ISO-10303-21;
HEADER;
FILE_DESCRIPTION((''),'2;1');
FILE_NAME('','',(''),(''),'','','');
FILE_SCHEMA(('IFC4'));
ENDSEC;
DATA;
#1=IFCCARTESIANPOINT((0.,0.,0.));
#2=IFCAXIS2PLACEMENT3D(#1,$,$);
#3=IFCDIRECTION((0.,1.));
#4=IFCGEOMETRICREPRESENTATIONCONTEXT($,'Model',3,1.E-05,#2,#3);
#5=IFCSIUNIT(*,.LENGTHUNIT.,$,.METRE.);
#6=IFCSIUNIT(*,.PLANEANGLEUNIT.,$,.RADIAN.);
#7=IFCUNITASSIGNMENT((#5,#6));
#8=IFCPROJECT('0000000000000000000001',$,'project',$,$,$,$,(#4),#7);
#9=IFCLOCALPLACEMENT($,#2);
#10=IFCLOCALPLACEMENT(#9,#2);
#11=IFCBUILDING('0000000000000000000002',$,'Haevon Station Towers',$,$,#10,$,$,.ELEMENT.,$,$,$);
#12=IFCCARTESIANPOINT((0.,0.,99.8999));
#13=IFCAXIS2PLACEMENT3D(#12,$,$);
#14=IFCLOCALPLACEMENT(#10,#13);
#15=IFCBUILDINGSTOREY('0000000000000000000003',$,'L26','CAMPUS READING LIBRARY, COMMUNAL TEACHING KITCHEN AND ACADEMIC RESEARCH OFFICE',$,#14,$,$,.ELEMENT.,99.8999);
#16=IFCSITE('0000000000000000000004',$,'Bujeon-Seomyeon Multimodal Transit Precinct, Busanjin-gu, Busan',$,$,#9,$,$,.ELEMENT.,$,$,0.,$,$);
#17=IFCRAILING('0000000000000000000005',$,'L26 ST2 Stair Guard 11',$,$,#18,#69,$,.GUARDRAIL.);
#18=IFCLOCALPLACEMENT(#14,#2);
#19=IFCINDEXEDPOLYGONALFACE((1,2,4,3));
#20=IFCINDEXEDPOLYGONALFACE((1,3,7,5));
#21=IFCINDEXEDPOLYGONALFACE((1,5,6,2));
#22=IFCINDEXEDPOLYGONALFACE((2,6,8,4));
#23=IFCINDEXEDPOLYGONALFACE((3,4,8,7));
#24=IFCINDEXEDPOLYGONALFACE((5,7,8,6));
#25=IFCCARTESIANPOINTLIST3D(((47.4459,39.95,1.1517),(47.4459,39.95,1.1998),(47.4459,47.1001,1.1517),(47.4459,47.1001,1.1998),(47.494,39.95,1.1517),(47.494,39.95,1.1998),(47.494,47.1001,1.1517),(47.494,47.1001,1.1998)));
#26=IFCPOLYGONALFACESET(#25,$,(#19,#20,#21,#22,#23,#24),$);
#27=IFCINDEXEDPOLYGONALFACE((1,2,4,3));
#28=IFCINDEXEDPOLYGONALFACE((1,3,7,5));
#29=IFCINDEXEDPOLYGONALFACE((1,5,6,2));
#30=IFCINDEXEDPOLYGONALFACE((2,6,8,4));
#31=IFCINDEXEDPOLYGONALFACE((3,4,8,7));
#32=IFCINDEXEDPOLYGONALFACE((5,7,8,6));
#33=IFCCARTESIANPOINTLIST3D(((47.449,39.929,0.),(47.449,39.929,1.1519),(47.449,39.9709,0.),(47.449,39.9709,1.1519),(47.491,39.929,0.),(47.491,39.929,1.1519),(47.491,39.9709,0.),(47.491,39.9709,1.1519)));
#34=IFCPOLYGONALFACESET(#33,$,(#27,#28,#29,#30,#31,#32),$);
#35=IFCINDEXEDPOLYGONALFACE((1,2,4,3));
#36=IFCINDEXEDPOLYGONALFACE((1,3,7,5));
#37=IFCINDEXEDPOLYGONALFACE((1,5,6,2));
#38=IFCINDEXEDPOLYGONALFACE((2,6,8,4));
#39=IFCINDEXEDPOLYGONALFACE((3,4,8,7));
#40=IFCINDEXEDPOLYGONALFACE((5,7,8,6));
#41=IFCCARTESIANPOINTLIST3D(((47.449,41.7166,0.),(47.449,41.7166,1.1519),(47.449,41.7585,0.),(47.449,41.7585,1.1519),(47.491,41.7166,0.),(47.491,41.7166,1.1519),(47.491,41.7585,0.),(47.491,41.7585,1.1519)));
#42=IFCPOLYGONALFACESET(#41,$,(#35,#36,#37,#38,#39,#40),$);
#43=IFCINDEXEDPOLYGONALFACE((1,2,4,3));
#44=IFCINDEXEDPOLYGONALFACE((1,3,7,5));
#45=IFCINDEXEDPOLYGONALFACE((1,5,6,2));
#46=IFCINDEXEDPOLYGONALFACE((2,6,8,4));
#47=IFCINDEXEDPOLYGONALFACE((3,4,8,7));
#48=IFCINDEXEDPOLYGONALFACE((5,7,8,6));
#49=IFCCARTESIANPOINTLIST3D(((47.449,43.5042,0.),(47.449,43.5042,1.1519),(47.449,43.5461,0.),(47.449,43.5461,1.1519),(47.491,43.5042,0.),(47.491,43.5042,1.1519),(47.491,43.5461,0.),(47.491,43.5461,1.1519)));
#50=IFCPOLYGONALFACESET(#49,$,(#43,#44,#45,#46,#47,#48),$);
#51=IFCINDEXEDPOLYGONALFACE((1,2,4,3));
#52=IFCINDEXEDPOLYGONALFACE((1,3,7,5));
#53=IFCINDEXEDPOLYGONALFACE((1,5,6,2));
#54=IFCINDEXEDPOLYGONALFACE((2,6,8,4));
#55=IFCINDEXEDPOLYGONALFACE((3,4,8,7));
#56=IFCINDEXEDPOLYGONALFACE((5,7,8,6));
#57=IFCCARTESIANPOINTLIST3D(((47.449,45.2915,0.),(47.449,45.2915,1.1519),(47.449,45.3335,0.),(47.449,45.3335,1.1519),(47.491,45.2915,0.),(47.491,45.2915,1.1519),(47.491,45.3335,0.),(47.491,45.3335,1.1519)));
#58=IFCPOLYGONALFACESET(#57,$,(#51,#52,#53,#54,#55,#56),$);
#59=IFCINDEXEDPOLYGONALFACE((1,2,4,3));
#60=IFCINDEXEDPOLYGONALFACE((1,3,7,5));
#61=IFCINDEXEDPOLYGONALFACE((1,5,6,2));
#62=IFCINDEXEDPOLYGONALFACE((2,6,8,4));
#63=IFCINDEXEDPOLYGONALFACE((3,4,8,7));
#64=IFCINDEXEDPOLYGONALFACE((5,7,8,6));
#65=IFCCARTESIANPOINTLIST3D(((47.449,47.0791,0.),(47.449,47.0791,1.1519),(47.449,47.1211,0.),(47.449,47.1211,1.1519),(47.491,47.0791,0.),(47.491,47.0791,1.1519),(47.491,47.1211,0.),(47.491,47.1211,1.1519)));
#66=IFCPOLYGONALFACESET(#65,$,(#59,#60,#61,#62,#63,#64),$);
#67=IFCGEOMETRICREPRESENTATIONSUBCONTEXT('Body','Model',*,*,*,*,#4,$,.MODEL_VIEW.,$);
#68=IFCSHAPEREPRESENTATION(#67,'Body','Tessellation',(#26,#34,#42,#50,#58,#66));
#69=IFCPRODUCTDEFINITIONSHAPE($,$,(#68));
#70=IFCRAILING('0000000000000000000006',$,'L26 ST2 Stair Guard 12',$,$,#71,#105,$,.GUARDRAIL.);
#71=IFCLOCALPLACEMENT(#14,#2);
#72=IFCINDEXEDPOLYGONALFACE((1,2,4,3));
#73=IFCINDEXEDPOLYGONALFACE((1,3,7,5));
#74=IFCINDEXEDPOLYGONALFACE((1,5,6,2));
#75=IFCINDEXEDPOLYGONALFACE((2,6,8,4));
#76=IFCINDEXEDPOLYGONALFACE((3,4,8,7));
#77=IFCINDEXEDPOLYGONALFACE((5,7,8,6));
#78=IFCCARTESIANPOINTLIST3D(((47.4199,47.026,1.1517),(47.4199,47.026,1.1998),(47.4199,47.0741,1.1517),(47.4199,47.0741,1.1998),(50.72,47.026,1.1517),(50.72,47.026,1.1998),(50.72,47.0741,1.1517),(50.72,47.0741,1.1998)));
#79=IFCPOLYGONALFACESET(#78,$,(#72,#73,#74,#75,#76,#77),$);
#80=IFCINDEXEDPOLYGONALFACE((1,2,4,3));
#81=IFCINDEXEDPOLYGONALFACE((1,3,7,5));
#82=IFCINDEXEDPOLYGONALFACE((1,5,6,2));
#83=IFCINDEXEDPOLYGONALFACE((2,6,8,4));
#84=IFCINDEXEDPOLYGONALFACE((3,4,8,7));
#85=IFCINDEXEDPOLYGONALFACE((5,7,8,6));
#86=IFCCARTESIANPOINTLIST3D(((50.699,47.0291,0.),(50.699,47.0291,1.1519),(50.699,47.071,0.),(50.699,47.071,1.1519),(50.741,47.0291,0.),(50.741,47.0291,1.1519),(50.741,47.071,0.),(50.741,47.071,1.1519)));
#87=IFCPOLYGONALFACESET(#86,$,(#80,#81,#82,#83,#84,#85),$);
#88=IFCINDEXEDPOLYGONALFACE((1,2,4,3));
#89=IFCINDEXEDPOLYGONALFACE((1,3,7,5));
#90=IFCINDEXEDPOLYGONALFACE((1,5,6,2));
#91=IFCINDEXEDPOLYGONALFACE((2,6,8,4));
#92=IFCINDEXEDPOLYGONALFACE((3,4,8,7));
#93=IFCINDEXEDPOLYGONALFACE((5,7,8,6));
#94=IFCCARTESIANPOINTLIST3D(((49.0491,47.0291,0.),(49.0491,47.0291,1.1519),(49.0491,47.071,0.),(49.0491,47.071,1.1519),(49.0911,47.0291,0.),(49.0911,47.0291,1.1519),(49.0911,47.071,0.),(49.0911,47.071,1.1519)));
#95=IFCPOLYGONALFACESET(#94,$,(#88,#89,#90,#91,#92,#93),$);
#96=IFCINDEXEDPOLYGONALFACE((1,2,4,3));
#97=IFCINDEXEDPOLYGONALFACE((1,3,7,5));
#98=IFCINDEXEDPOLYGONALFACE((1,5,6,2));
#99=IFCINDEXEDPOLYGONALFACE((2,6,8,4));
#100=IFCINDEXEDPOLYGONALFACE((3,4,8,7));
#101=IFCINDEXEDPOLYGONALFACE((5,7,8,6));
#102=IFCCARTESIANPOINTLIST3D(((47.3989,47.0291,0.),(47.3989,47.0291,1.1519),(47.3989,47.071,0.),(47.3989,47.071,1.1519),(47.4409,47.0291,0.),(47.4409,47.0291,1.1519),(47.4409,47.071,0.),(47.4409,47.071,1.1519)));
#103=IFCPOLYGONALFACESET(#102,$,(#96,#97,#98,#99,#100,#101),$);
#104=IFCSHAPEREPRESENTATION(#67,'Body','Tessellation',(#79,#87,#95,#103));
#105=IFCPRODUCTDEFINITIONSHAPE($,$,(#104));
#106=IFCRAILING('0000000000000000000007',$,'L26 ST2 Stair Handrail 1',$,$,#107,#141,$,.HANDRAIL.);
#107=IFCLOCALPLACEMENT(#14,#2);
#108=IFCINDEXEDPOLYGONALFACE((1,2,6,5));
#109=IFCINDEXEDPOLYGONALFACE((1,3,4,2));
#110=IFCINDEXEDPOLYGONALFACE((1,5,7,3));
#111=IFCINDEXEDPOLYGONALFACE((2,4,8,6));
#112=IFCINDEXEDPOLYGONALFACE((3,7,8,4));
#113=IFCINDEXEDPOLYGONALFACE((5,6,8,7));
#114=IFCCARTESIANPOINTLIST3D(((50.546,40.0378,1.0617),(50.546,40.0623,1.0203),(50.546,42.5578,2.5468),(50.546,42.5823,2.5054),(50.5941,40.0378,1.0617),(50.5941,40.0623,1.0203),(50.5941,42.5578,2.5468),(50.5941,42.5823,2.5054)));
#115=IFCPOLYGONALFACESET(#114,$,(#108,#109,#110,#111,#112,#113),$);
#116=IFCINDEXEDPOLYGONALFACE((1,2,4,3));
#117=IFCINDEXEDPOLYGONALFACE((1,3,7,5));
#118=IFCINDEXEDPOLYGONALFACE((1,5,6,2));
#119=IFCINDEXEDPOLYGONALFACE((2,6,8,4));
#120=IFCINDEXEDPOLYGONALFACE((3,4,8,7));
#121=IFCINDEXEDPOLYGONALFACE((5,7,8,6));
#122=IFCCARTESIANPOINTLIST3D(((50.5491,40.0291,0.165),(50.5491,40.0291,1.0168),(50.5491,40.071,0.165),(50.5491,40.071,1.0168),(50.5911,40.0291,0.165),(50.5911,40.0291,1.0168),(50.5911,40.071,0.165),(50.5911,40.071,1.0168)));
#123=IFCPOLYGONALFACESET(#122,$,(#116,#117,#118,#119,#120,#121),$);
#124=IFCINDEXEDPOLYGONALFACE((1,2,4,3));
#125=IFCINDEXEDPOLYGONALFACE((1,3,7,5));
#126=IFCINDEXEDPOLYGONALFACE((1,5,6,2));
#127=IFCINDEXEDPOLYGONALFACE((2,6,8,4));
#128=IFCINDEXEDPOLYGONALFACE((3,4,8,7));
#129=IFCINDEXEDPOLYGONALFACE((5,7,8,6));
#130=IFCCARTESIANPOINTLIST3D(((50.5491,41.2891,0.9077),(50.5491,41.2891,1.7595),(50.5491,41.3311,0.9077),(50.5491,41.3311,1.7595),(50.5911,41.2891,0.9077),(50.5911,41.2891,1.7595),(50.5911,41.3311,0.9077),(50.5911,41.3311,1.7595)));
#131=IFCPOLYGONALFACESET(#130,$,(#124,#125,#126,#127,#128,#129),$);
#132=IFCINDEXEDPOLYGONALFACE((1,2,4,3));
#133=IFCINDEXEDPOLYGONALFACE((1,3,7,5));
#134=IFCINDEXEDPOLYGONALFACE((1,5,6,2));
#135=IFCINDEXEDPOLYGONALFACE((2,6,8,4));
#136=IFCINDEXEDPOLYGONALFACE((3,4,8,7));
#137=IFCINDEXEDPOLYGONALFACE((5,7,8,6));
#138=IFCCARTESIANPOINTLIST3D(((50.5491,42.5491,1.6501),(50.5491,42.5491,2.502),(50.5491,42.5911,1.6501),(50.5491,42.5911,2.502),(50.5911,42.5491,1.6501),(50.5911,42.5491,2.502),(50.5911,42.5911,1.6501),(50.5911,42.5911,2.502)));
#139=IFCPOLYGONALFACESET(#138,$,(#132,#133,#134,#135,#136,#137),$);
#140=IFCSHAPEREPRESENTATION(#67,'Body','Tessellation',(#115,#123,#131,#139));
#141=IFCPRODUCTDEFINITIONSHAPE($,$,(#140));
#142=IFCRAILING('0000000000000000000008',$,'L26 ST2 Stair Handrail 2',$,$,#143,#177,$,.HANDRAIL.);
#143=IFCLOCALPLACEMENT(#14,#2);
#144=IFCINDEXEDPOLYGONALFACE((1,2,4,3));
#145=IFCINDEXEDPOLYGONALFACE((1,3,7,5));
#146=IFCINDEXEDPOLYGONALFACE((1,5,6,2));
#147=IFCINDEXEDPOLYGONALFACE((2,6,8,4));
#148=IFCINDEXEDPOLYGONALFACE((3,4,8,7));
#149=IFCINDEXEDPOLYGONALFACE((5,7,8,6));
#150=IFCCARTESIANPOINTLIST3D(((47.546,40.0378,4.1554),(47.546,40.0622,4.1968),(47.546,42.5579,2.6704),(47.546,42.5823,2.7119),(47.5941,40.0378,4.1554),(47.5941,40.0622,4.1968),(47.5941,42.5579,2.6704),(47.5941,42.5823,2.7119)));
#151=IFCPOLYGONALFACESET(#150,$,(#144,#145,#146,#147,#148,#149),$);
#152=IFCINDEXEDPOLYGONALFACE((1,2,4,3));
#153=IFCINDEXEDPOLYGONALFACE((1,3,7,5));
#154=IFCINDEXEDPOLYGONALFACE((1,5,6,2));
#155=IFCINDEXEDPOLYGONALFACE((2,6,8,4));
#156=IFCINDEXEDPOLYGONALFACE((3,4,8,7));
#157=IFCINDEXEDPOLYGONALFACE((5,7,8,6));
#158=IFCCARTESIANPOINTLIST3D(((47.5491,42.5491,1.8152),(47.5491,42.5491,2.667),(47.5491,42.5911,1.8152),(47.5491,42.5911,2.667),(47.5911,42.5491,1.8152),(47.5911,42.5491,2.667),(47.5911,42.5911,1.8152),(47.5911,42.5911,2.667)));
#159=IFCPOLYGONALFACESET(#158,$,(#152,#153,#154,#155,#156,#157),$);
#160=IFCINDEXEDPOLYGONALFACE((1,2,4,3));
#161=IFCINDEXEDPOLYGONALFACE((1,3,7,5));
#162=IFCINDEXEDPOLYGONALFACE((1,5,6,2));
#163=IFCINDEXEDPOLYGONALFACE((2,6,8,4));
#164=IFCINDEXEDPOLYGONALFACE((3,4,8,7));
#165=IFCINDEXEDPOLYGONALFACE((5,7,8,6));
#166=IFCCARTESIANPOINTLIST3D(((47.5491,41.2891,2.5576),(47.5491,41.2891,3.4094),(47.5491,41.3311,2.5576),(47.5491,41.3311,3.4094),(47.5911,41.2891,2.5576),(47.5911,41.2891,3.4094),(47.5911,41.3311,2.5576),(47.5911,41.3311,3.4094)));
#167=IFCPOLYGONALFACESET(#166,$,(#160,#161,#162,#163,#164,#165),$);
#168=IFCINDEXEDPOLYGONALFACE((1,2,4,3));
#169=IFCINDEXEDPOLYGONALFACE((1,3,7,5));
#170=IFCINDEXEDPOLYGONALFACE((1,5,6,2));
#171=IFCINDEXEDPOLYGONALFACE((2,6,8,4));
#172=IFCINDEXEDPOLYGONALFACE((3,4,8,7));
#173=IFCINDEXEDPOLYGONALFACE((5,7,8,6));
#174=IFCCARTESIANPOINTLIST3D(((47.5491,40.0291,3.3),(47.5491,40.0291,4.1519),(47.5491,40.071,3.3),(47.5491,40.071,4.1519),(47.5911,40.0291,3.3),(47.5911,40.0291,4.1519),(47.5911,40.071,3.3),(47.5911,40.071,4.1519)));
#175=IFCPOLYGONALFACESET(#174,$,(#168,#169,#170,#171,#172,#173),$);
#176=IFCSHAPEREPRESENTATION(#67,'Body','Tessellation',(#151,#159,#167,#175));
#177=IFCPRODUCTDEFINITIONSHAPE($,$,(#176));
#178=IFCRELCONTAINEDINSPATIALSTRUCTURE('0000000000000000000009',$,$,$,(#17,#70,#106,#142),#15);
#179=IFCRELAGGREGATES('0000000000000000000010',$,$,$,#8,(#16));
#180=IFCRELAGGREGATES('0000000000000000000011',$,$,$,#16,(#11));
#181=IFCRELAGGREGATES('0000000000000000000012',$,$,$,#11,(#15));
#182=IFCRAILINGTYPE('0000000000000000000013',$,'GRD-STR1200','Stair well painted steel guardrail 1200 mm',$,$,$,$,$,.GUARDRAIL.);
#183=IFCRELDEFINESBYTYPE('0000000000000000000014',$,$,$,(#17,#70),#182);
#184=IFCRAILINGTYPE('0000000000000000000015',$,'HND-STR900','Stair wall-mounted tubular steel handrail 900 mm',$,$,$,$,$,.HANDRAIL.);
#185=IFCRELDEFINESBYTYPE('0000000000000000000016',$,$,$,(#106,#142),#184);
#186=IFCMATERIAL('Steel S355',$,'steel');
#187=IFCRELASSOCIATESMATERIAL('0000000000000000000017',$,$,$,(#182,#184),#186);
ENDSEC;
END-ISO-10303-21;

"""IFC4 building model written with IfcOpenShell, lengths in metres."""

from ifc_helpers import new_model, si_unit, direction, frame, origin, origin_2d, place, context, subcontext, project, spatial, rectangle, extrude, material, type_object, element, save


model = new_model("IFC4")

# Units and contexts
model_context = context("Model", 3, precision=1e-05, world=origin(), true_north=direction((0.0, 1.0)))
body_context = subcontext(model_context, "Body", "Model", "MODEL_VIEW")
ifc_project = project(units=[si_unit("LENGTHUNIT", "METRE"), si_unit("PLANEANGLEUNIT", "RADIAN")], contexts=[model_context])

# Site, building, storey
site_placement = place(None, origin())
site = spatial("IfcSite", under=ifc_project, at=site_placement, Name="Bujeon-Seomyeon Multimodal Transit Precinct, Busanjin-gu, Busan", CompositionType="ELEMENT", RefElevation=0.0)
building_placement = place(site_placement, origin())
building = spatial("IfcBuilding", under=site, at=building_placement, Name="Haevon Station Towers", CompositionType="ELEMENT")
storey_placement = place(building_placement, frame((0.0, 0.0, 99.8999)))
storey = spatial("IfcBuildingStorey", under=building, at=storey_placement, Name="L26", Description="CAMPUS READING LIBRARY, COMMUNAL TEACHING KITCHEN AND ACADEMIC RESEARCH OFFICE", CompositionType="ELEMENT", Elevation=99.8999)

# Shared definitions
ifc_material_1 = material(Name="Steel S355", Category="steel")

# Railings
railing_type_1 = type_object("IfcRailingType", Name="GRD-STR1200", Description="Stair well painted steel guardrail 1200 mm", PredefinedType="GUARDRAIL", material=ifc_material_1)
for number, where, name in (
    (1, (47.47, 39.95, 0.0), "L26 ST2 Stair Guard 11"),
):
    element("IfcRailing", number, at=place(storey_placement, frame(where)), inside=storey, type_object=railing_type_1, Name=name, PredefinedType="GUARDRAIL", context=body_context, shape_type="SweptSolid", body=[
        extrude(rectangle(XDim=0.0481, YDim=0.0481, at=origin_2d()), frame((0.0, 0.0, 1.1758), z_axis=(0.0, 1.0, 0.0), x_axis=(-1.0, 0.0, 0.0)), (0.0, 0.0, 1.0), 7.1501),
        extrude(rectangle(XDim=0.042, YDim=0.042, at=origin_2d()), origin(), (0.0, 0.0, 1.0), 1.1519),
        extrude(rectangle(XDim=0.042, YDim=0.042, at=origin_2d()), frame((0.0, 1.7876, 0.0)), (0.0, 0.0, 1.0), 1.1519),
        extrude(rectangle(XDim=0.042, YDim=0.042, at=origin_2d()), frame((0.0, 3.5752, 0.0)), (0.0, 0.0, 1.0), 1.1519),
        extrude(rectangle(XDim=0.042, YDim=0.042, at=origin_2d()), frame((0.0, 5.3625, 0.0)), (0.0, 0.0, 1.0), 1.1519),
        extrude(rectangle(XDim=0.042, YDim=0.042, at=origin_2d()), frame((0.0, 7.1501, 0.0)), (0.0, 0.0, 1.0), 1.1519),
    ])
railing_1_placement = place(storey_placement, frame((50.72, 47.05, 0.0)))
element("IfcRailing", 2, at=railing_1_placement, inside=storey, type_object=railing_type_1, Name="L26 ST2 Stair Guard 12", PredefinedType="GUARDRAIL", context=body_context, shape_type="SweptSolid", body=[
    extrude(rectangle(XDim=0.0481, YDim=0.0481, at=origin_2d()), frame((0.0, 0.0, 1.1758), z_axis=(-1.0, 0.0, 0.0), x_axis=(0.0, -1.0, 0.0)), (0.0, 0.0, 1.0), 3.3),
    extrude(rectangle(XDim=0.042, YDim=0.042, at=origin_2d()), origin(), (0.0, 0.0, 1.0), 1.1519),
    extrude(rectangle(XDim=0.042, YDim=0.042, at=origin_2d()), frame((-1.6499, 0.0, 0.0)), (0.0, 0.0, 1.0), 1.1519),
    extrude(rectangle(XDim=0.042, YDim=0.042, at=origin_2d()), frame((-3.3, 0.0, 0.0)), (0.0, 0.0, 1.0), 1.1519),
])
railing_type_2 = type_object("IfcRailingType", Name="HND-STR900", Description="Stair wall-mounted tubular steel handrail 900 mm", PredefinedType="HANDRAIL", material=ifc_material_1)
railing_2_placement = place(storey_placement, frame((50.5701, 40.05, 0.165)))
element("IfcRailing", 3, at=railing_2_placement, inside=storey, type_object=railing_type_2, Name="L26 ST2 Stair Handrail 1", PredefinedType="HANDRAIL", context=body_context, shape_type="SweptSolid", body=[
    extrude(rectangle(XDim=0.0481, YDim=0.0481, at=origin_2d()), frame((0.0, 0.0, 0.876), z_axis=(0.0, 0.861524, 0.507717), x_axis=(-1.0, 0.0, 0.0)), (0.0, 0.0, 1.0), 2.925),
    extrude(rectangle(XDim=0.042, YDim=0.042, at=origin_2d()), origin(), (0.0, 0.0, 1.0), 0.8518),
    extrude(rectangle(XDim=0.042, YDim=0.042, at=origin_2d()), frame((0.0, 1.26, 0.7427)), (0.0, 0.0, 1.0), 0.8518),
    extrude(rectangle(XDim=0.042, YDim=0.042, at=origin_2d()), frame((0.0, 2.52, 1.4851)), (0.0, 0.0, 1.0), 0.8518),
])
railing_3_placement = place(storey_placement, frame((47.5701, 42.5701, 1.8152)))
element("IfcRailing", 4, at=railing_3_placement, inside=storey, type_object=railing_type_2, Name="L26 ST2 Stair Handrail 2", PredefinedType="HANDRAIL", context=body_context, shape_type="SweptSolid", body=[
    extrude(rectangle(XDim=0.0481, YDim=0.0481, at=origin_2d()), frame((0.0, 0.0, 0.876), z_axis=(0.0, -0.861561, 0.507655), x_axis=(1.0, 0.0, 0.0)), (0.0, 0.0, 1.0), 2.925),
    extrude(rectangle(XDim=0.042, YDim=0.042, at=origin_2d()), origin(), (0.0, 0.0, 1.0), 0.8518),
    extrude(rectangle(XDim=0.042, YDim=0.042, at=origin_2d()), frame((0.0, -1.26, 0.7424)), (0.0, 0.0, 1.0), 0.8518),
    extrude(rectangle(XDim=0.042, YDim=0.042, at=origin_2d()), frame((0.0, -2.52, 1.4849)), (0.0, 0.0, 1.0), 0.8518),
])

save(model, "model.ifc")
